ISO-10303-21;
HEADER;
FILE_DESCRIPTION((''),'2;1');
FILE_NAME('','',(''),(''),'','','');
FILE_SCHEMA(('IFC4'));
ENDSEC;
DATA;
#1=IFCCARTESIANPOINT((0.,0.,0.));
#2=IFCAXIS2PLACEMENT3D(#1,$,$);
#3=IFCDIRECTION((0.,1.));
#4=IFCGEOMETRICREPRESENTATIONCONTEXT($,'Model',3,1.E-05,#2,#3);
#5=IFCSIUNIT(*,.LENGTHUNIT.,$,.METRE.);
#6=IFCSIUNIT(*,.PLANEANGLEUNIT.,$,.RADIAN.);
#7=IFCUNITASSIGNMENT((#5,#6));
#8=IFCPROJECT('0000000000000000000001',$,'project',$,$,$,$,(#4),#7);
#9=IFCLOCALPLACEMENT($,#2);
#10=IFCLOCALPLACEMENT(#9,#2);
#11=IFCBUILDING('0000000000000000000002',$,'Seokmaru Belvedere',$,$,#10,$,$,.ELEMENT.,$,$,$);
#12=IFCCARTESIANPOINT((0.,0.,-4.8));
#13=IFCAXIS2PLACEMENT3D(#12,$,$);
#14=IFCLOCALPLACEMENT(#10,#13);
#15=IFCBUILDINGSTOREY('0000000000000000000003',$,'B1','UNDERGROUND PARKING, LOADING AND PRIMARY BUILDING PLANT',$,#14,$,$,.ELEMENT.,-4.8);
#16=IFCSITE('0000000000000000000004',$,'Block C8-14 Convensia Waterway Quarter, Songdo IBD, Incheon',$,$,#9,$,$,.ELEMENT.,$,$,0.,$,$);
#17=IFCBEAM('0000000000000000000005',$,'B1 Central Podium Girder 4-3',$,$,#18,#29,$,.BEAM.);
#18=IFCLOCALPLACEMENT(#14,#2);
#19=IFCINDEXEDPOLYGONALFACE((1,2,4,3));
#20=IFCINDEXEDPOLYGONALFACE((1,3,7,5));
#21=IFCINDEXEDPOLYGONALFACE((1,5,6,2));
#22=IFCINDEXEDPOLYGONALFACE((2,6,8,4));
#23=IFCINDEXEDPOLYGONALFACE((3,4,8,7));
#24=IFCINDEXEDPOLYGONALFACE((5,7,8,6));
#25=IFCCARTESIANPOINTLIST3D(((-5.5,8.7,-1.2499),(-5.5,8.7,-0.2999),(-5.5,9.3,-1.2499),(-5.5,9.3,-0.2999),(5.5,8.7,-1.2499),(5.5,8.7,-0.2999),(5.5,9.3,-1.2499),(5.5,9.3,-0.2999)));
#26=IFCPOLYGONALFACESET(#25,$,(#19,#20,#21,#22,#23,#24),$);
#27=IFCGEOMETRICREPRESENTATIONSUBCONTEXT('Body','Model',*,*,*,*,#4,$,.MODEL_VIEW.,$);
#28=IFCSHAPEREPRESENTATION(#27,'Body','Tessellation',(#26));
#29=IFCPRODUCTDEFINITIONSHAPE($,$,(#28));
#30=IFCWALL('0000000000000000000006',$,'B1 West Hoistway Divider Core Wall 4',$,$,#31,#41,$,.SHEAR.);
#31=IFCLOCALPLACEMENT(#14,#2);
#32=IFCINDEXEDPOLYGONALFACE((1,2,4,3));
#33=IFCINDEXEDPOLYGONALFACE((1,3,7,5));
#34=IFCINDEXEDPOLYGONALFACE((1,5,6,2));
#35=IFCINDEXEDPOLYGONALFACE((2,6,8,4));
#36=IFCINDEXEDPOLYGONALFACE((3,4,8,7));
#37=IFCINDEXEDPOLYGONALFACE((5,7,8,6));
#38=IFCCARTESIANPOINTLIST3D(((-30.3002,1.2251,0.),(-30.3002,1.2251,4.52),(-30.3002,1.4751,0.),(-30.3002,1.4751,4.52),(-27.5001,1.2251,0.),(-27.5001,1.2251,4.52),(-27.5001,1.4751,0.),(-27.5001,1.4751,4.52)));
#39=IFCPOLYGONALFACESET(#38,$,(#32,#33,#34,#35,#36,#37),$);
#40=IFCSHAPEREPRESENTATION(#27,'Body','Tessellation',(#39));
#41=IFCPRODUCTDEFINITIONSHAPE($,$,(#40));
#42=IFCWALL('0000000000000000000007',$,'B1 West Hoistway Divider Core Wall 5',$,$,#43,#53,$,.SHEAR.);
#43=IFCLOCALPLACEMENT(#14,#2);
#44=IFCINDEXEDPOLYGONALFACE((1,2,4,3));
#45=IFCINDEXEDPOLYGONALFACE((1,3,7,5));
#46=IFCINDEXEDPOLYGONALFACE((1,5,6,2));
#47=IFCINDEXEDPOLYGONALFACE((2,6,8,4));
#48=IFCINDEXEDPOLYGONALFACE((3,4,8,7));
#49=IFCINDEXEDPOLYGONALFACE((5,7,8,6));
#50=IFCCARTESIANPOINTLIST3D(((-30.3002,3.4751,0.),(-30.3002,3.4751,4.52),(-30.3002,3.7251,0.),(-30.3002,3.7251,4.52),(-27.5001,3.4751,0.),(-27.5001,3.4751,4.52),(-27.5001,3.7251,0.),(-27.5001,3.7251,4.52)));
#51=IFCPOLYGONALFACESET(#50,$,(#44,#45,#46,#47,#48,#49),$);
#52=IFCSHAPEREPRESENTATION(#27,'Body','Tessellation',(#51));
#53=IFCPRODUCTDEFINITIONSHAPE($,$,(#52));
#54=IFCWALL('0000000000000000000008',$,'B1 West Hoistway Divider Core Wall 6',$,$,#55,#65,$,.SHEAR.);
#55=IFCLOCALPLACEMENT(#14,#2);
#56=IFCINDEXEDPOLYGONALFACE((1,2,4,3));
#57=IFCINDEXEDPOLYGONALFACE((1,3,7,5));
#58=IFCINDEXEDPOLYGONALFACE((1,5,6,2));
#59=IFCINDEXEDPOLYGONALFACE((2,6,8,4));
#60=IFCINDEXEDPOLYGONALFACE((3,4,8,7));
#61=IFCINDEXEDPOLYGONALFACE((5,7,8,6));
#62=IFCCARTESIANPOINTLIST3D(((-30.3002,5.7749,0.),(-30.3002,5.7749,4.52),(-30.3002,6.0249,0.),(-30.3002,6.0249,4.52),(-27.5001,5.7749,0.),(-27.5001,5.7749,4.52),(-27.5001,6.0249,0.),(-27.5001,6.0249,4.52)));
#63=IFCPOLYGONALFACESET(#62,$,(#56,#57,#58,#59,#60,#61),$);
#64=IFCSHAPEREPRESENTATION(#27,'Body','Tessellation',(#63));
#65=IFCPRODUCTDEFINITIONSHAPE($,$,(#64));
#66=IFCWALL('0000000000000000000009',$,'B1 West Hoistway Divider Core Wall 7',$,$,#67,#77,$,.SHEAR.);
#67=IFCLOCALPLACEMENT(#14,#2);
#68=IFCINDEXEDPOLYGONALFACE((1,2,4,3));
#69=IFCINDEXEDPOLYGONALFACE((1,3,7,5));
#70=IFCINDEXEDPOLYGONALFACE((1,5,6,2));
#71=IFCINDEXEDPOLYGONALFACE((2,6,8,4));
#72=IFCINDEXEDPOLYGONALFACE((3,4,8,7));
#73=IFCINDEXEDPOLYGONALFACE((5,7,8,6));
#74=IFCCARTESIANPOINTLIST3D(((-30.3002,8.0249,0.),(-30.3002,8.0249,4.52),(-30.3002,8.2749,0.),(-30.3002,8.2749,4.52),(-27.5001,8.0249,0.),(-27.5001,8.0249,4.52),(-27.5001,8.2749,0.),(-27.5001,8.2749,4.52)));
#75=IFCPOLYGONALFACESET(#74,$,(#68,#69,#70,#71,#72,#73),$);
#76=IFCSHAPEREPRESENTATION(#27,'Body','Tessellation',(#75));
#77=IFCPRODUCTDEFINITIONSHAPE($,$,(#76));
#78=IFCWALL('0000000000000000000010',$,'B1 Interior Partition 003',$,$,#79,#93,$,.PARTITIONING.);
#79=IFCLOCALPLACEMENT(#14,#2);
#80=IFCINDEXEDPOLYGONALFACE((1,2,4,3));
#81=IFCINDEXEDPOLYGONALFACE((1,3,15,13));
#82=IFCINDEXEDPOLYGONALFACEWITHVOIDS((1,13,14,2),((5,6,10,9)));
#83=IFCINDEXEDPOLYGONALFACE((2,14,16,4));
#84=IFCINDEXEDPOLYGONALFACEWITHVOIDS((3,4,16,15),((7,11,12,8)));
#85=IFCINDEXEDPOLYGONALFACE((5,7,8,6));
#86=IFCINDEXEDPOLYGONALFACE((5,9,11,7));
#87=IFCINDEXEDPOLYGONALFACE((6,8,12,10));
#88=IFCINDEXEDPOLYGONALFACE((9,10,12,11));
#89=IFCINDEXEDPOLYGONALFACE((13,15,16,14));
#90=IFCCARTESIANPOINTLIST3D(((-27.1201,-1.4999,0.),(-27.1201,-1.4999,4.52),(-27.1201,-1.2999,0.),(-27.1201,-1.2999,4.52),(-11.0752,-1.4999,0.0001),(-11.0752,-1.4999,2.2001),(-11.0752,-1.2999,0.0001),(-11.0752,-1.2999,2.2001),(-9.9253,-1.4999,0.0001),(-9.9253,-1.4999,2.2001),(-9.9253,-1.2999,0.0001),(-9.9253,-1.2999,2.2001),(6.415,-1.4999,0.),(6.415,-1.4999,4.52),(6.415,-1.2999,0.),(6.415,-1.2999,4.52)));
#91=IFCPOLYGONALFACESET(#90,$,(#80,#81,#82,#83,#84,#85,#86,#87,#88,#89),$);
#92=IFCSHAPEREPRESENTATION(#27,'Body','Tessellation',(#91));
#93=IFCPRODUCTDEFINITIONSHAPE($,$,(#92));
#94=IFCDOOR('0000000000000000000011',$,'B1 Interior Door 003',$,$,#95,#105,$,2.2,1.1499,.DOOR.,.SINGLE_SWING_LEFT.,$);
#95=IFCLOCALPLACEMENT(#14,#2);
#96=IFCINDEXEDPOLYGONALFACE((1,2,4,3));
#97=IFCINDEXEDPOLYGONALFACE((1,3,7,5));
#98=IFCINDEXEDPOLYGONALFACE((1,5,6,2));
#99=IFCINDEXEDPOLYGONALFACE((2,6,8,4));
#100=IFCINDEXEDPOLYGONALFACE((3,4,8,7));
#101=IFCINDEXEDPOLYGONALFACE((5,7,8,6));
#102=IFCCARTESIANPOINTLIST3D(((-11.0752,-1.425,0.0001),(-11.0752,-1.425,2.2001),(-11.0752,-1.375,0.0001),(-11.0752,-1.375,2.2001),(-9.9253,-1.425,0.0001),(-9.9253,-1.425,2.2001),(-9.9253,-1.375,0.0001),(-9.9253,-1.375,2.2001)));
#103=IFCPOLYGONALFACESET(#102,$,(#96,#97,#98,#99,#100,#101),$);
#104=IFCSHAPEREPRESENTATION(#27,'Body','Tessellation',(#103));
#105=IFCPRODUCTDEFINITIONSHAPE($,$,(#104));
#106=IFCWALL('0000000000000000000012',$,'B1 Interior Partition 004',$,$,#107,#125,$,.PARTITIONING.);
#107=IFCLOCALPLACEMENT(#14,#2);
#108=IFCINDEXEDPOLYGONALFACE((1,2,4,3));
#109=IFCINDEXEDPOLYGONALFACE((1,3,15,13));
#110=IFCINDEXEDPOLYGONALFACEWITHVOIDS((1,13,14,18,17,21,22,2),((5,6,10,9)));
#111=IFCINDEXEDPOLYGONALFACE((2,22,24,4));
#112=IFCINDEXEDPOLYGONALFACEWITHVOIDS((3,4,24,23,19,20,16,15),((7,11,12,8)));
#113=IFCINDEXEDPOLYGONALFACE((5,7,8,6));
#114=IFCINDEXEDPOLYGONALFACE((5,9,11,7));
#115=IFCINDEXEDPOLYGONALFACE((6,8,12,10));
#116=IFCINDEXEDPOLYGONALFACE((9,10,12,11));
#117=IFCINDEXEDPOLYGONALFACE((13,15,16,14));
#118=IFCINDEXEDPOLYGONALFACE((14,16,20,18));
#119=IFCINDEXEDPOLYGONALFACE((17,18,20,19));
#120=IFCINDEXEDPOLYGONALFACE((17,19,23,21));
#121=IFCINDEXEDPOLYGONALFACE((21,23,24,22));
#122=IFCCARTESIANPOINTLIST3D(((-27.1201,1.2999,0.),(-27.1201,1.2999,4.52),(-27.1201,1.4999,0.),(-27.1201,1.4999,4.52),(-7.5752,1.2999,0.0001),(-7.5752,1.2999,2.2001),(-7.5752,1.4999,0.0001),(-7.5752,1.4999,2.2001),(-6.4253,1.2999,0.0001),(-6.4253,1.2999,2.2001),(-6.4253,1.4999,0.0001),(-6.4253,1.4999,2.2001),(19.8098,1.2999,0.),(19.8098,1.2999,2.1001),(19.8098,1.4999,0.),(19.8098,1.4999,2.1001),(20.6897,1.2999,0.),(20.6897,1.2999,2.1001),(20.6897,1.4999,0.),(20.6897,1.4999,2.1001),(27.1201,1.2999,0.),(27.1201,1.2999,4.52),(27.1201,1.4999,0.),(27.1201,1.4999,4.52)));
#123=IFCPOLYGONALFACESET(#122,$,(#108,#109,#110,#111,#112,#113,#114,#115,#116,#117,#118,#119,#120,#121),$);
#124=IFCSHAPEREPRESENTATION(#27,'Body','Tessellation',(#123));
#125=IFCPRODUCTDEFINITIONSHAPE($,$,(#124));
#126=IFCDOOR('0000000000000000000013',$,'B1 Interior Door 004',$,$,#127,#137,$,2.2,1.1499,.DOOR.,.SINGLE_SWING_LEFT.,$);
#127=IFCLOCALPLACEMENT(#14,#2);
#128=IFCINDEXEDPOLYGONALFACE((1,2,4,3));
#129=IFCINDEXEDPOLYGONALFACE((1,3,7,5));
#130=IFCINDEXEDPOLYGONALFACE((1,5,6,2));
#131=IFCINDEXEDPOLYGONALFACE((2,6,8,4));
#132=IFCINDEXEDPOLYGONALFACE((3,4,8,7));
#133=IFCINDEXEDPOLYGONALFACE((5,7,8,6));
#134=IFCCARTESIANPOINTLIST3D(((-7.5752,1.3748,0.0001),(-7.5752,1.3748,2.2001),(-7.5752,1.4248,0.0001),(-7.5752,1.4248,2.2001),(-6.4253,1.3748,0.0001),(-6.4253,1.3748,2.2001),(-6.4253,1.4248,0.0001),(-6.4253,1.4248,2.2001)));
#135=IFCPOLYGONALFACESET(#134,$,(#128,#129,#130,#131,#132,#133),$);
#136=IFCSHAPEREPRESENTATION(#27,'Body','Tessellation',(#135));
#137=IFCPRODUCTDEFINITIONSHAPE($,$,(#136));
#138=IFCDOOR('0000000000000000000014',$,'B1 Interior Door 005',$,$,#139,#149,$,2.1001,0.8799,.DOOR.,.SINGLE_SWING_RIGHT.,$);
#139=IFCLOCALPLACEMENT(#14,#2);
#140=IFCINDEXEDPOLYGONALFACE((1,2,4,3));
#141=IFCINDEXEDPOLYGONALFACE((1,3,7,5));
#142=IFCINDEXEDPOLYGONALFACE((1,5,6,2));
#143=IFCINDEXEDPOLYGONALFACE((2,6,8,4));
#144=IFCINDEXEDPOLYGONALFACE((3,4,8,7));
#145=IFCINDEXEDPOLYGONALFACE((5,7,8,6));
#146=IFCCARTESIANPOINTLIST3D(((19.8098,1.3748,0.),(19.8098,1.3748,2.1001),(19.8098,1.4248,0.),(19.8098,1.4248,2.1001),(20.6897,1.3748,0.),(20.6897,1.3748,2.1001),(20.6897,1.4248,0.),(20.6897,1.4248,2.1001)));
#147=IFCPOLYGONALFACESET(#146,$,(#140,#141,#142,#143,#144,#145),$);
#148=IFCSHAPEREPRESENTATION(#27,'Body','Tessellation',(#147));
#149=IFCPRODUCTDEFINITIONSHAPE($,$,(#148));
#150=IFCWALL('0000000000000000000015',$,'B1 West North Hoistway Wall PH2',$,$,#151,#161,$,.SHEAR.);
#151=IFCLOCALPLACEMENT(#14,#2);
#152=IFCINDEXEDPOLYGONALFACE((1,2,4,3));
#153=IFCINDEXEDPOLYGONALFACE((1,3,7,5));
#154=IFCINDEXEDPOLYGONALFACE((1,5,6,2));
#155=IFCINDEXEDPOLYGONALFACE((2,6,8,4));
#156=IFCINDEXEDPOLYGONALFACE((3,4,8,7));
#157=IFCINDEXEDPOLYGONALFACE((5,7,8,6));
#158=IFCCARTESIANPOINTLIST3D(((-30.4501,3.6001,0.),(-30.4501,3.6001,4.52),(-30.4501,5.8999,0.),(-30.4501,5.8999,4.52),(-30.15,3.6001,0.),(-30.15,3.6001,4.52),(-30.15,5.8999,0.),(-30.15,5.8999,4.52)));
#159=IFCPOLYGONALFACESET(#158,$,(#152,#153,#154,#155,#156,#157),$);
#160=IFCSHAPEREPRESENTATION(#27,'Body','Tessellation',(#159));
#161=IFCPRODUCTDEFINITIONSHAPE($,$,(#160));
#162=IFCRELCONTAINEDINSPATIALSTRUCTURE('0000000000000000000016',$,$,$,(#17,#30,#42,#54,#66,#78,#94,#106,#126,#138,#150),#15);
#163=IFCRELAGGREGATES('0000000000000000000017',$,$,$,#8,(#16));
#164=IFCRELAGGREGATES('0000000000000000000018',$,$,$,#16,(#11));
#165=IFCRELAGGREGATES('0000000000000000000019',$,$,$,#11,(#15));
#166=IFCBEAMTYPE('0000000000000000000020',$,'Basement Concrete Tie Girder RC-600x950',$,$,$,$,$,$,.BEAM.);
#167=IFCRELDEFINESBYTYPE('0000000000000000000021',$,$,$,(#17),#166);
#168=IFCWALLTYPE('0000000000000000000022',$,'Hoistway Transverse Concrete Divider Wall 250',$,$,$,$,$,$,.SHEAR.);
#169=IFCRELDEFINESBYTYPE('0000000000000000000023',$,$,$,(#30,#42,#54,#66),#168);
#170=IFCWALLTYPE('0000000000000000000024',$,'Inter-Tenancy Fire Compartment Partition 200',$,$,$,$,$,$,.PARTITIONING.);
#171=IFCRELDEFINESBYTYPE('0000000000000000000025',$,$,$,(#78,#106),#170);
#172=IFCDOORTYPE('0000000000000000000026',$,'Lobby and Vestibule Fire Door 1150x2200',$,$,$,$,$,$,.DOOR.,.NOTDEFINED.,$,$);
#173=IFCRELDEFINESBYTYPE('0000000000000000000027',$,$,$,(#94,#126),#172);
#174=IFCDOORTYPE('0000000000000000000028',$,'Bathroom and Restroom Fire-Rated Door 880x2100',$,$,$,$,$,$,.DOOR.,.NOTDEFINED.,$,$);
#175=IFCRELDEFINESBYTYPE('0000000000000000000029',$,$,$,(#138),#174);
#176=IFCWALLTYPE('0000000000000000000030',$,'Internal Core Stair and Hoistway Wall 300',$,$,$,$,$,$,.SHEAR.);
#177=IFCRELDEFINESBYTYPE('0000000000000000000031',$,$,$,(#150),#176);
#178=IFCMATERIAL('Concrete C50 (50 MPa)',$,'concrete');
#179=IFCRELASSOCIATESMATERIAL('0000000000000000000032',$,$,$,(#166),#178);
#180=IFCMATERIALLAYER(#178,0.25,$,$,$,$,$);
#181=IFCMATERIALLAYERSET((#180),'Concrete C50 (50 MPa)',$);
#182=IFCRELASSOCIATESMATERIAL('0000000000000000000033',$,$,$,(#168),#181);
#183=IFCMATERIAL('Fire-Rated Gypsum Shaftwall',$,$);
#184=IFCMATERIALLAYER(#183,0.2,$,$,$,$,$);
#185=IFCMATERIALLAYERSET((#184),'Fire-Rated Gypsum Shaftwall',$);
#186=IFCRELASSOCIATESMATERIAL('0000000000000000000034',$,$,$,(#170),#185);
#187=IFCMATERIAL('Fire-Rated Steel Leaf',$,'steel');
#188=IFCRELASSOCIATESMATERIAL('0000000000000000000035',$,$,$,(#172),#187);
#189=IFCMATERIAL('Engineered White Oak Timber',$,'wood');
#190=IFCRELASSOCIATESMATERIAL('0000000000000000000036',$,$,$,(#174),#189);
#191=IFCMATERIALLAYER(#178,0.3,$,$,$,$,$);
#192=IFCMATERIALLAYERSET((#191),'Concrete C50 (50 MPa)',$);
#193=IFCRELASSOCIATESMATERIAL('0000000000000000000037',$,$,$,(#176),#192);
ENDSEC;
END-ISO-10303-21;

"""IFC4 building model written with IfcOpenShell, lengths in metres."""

from ifc_helpers import new_model, si_unit, direction, frame, frame_2d, origin, origin_2d, place, context, subcontext, project, spatial, rectangle, extrude, source, transform, mapped, material, layer, layer_set, material_profile, profile_set, type_object, type_shapes, element, fill, save


model = new_model("IFC4")

# Units and contexts
model_context = context("Model", 3, precision=1e-05, world=origin(), true_north=direction((0.0, 1.0)))
body_context = subcontext(model_context, "Body", "Model", "MODEL_VIEW")
ifc_project = project(units=[si_unit("LENGTHUNIT", "METRE"), si_unit("PLANEANGLEUNIT", "RADIAN")], contexts=[model_context])

# Site, building, storey
site_placement = place(None, origin())
site = spatial("IfcSite", under=ifc_project, at=site_placement, Name="Block C8-14 Convensia Waterway Quarter, Songdo IBD, Incheon", CompositionType="ELEMENT", RefElevation=0.0)
building_placement = place(site_placement, origin())
building = spatial("IfcBuilding", under=site, at=building_placement, Name="Seokmaru Belvedere", CompositionType="ELEMENT")
storey_placement = place(building_placement, frame((0.0, 0.0, -4.8)))
storey = spatial("IfcBuildingStorey", under=building, at=storey_placement, Name="B1", Description="UNDERGROUND PARKING, LOADING AND PRIMARY BUILDING PLANT", CompositionType="ELEMENT", Elevation=-4.8)

# Beam
ifc_material_1 = material(Name="Concrete C50 (50 MPa)", Category="concrete")
ifc_material_profile_1 = material_profile(ifc_material_1, rectangle(XDim=0.6001, YDim=0.95, at=origin_2d()), Name="RC-600x950")
ifc_profile_set_1 = profile_set([ifc_material_profile_1], Name="Concrete C50 (50 MPa)")
beam_type_1 = type_object("IfcBeamType", Name="Basement Concrete Tie Girder RC-600x950", PredefinedType="BEAM", material=ifc_profile_set_1)
shared_shape_1 = source(origin(), body_context, "Body", "SweptSolid", [
    extrude(rectangle(XDim=0.6001, YDim=0.95, at=origin_2d()), origin(), (0.0, 0.0, 1.0), 11.0),
])
for number, where, z_axis, x_axis, name in (
    (1, (-5.5, 9.0, -0.7749), (1.0, 0.0, 0.0), (0.0, 1.0, 0.0), "B1 Central Podium Girder 4-3"),
):
    element("IfcBeam", number, at=place(storey_placement, frame(where, z_axis=z_axis, x_axis=x_axis)), inside=storey, type_object=beam_type_1, Name=name, PredefinedType="BEAM", context=body_context, shape_type="MappedRepresentation", body=[
        mapped(shared_shape_1, transform((0.0, 0.0, 0.0), scale=1.0)),
    ])

# Walls
ifc_layer_1 = layer(ifc_material_1, 0.25)
ifc_layer_set_1 = layer_set([ifc_layer_1], Name="Concrete C50 (50 MPa)")
wall_type_1 = type_object("IfcWallType", Name="Hoistway Transverse Concrete Divider Wall 250", PredefinedType="SHEAR", material=ifc_layer_set_1)
for number, where, z_axis, x_axis, name in (
    (2, (-30.3, 1.3501, 0.0), (0.0, 0.0, 1.0), (1.0, 0.0, 0.0), "B1 West Hoistway Divider Core Wall 4"),
    (3, (-30.3, 3.6001, 0.0), (0.0, 0.0, 1.0), (1.0, 0.0, 0.0), "B1 West Hoistway Divider Core Wall 5"),
    (4, (-30.3, 5.8999, 0.0), (0.0, 0.0, 1.0), (1.0, 0.0, 0.0), "B1 West Hoistway Divider Core Wall 6"),
    (5, (-30.3, 8.1499, 0.0), (0.0, 0.0, 1.0), (1.0, 0.0, 0.0), "B1 West Hoistway Divider Core Wall 7"),
):
    element("IfcWall", number, at=place(storey_placement, frame(where, z_axis=z_axis, x_axis=x_axis)), inside=storey, type_object=wall_type_1, Name=name, PredefinedType="SHEAR", context=body_context, shape_type="SweptSolid", body=[
        extrude(rectangle(XDim=2.8, YDim=0.25, at=frame_2d((1.3999, 0.0))), origin(), (0.0, 0.0, 1.0), 4.52),
    ])

# Wall, opening, door
ifc_material_2 = material(Name="Fire-Rated Gypsum Shaftwall")
ifc_layer_2 = layer(ifc_material_2, 0.2)
ifc_layer_set_2 = layer_set([ifc_layer_2], Name="Fire-Rated Gypsum Shaftwall")
wall_type_2 = type_object("IfcWallType", Name="Inter-Tenancy Fire Compartment Partition 200", PredefinedType="PARTITIONING", material=ifc_layer_set_2)
wall_1_placement = place(storey_placement, frame((-27.1201, -1.3999, 0.0), z_axis=(0.0, 0.0, 1.0), x_axis=(1.0, 0.0, 0.0)))
wall_1 = element("IfcWall", 6, at=wall_1_placement, inside=storey, type_object=wall_type_2, Name="B1 Interior Partition 003", PredefinedType="PARTITIONING", context=body_context, shape_type="SweptSolid", body=[
    extrude(rectangle(XDim=33.5352, YDim=0.2, at=frame_2d((16.7676, 0.0))), origin(), (0.0, 0.0, 1.0), 4.52),
])
opening_1_placement = place(wall_1_placement, frame((16.0449, 0.0, 0.0)))
opening_1 = element("IfcOpeningElement", 7, at=opening_1_placement, cuts=wall_1, PredefinedType="OPENING", context=body_context, shape_type="SweptSolid", body=[
    extrude(rectangle(XDim=1.1499, YDim=2.2, at=frame_2d((0.575, 1.1001))), frame((0.0, 0.1099, 0.0), z_axis=(0.0, -1.0, 0.0), x_axis=(1.0, 0.0, 0.0)), (0.0, 0.0, 1.0), 0.22),
])
ifc_material_3 = material(Name="Fire-Rated Steel Leaf", Category="steel")
door_type_1 = type_object("IfcDoorType", Name="Lobby and Vestibule Fire Door 1150x2200", OperationType="NOTDEFINED", PredefinedType="DOOR", material=ifc_material_3)
shared_shape_2 = source(origin(), body_context, "Body", "SweptSolid", [
    extrude(rectangle(XDim=1.1499, YDim=2.2, at=frame_2d((0.575, 1.1001))), frame((0.0, 0.0249, 0.0), z_axis=(0.0, -1.0, 0.0), x_axis=(1.0, 0.0, 0.0)), (0.0, 0.0, 1.0), 0.05),
])
type_shapes(door_type_1, [shared_shape_2])
door_1_placement = place(opening_1_placement, origin())
door_1 = element("IfcDoor", 8, at=door_1_placement, inside=storey, type_object=door_type_1, Name="B1 Interior Door 003", OperationType="SINGLE_SWING_LEFT", OverallHeight=2.2, OverallWidth=1.1499, PredefinedType="DOOR", context=body_context, shape_type="MappedRepresentation", body=[
    mapped(shared_shape_2, transform((0.0, 0.0, 0.0), scale=1.0)),
])
fill(opening_1, door_1)

# Wall, openings, doors
wall_2_placement = place(storey_placement, frame((-27.1201, 1.3999, 0.0), z_axis=(0.0, 0.0, 1.0), x_axis=(1.0, 0.0, 0.0)))
wall_2 = element("IfcWall", 9, at=wall_2_placement, inside=storey, type_object=wall_type_2, Name="B1 Interior Partition 004", PredefinedType="PARTITIONING", context=body_context, shape_type="SweptSolid", body=[
    extrude(rectangle(XDim=54.2402, YDim=0.2, at=frame_2d((27.1201, 0.0))), origin(), (0.0, 0.0, 1.0), 4.52),
])
opening_2_placement = place(wall_2_placement, frame((19.5449, 0.0, 0.0)))
opening_2 = element("IfcOpeningElement", 10, at=opening_2_placement, cuts=wall_2, PredefinedType="OPENING", context=body_context, shape_type="SweptSolid", body=[
    extrude(rectangle(XDim=1.1499, YDim=2.2, at=frame_2d((0.575, 1.1001))), frame((0.0, 0.1099, 0.0), z_axis=(0.0, -1.0, 0.0), x_axis=(1.0, 0.0, 0.0)), (0.0, 0.0, 1.0), 0.22),
])
opening_3_placement = place(wall_2_placement, frame((46.9299, 0.0, 0.0)))
opening_3 = element("IfcOpeningElement", 11, at=opening_3_placement, cuts=wall_2, PredefinedType="OPENING", context=body_context, shape_type="SweptSolid", body=[
    extrude(rectangle(XDim=0.8799, YDim=2.1001, at=frame_2d((0.4399, 1.05))), frame((0.0, 0.1099, 0.0), z_axis=(0.0, -1.0, 0.0), x_axis=(1.0, 0.0, 0.0)), (0.0, 0.0, 1.0), 0.22),
])
door_2_placement = place(opening_2_placement, origin())
door_2 = element("IfcDoor", 12, at=door_2_placement, inside=storey, type_object=door_type_1, Name="B1 Interior Door 004", OperationType="SINGLE_SWING_LEFT", OverallHeight=2.2, OverallWidth=1.1499, PredefinedType="DOOR", context=body_context, shape_type="MappedRepresentation", body=[
    mapped(shared_shape_2, transform((0.0, 0.0, 0.0), scale=1.0)),
])
fill(opening_2, door_2)
ifc_material_4 = material(Name="Engineered White Oak Timber", Category="wood")
door_type_2 = type_object("IfcDoorType", Name="Bathroom and Restroom Fire-Rated Door 880x2100", OperationType="NOTDEFINED", PredefinedType="DOOR", material=ifc_material_4)
shared_shape_3 = source(origin(), body_context, "Body", "SweptSolid", [
    extrude(rectangle(XDim=0.8799, YDim=2.1001, at=frame_2d((0.4399, 1.05))), frame((0.0, 0.0249, 0.0), z_axis=(0.0, -1.0, 0.0), x_axis=(1.0, 0.0, 0.0)), (0.0, 0.0, 1.0), 0.05),
])
type_shapes(door_type_2, [shared_shape_3])
door_3_placement = place(opening_3_placement, origin())
door_3 = element("IfcDoor", 13, at=door_3_placement, inside=storey, type_object=door_type_2, Name="B1 Interior Door 005", OperationType="SINGLE_SWING_RIGHT", OverallHeight=2.1001, OverallWidth=0.8799, PredefinedType="DOOR", context=body_context, shape_type="MappedRepresentation", body=[
    mapped(shared_shape_3, transform((0.0, 0.0, 0.0), scale=1.0)),
])
fill(opening_3, door_3)

# Shared definitions
ifc_layer_3 = layer(ifc_material_1, 0.3)
ifc_layer_set_3 = layer_set([ifc_layer_3], Name="Concrete C50 (50 MPa)")
wall_type_3 = type_object("IfcWallType", Name="Internal Core Stair and Hoistway Wall 300", PredefinedType="SHEAR", material=ifc_layer_set_3)

# Wall
wall_3_placement = place(storey_placement, frame((-30.3, 3.6001, 0.0), z_axis=(0.0, 0.0, 1.0), x_axis=(0.0, 1.0, 0.0)))
element("IfcWall", 14, at=wall_3_placement, inside=storey, type_object=wall_type_3, Name="B1 West North Hoistway Wall PH2", PredefinedType="SHEAR", context=body_context, shape_type="SweptSolid", body=[
    extrude(rectangle(XDim=2.2998, YDim=0.3, at=frame_2d((1.1499, 0.0))), origin(), (0.0, 0.0, 1.0), 4.52),
])

save(model, "model.ifc")
